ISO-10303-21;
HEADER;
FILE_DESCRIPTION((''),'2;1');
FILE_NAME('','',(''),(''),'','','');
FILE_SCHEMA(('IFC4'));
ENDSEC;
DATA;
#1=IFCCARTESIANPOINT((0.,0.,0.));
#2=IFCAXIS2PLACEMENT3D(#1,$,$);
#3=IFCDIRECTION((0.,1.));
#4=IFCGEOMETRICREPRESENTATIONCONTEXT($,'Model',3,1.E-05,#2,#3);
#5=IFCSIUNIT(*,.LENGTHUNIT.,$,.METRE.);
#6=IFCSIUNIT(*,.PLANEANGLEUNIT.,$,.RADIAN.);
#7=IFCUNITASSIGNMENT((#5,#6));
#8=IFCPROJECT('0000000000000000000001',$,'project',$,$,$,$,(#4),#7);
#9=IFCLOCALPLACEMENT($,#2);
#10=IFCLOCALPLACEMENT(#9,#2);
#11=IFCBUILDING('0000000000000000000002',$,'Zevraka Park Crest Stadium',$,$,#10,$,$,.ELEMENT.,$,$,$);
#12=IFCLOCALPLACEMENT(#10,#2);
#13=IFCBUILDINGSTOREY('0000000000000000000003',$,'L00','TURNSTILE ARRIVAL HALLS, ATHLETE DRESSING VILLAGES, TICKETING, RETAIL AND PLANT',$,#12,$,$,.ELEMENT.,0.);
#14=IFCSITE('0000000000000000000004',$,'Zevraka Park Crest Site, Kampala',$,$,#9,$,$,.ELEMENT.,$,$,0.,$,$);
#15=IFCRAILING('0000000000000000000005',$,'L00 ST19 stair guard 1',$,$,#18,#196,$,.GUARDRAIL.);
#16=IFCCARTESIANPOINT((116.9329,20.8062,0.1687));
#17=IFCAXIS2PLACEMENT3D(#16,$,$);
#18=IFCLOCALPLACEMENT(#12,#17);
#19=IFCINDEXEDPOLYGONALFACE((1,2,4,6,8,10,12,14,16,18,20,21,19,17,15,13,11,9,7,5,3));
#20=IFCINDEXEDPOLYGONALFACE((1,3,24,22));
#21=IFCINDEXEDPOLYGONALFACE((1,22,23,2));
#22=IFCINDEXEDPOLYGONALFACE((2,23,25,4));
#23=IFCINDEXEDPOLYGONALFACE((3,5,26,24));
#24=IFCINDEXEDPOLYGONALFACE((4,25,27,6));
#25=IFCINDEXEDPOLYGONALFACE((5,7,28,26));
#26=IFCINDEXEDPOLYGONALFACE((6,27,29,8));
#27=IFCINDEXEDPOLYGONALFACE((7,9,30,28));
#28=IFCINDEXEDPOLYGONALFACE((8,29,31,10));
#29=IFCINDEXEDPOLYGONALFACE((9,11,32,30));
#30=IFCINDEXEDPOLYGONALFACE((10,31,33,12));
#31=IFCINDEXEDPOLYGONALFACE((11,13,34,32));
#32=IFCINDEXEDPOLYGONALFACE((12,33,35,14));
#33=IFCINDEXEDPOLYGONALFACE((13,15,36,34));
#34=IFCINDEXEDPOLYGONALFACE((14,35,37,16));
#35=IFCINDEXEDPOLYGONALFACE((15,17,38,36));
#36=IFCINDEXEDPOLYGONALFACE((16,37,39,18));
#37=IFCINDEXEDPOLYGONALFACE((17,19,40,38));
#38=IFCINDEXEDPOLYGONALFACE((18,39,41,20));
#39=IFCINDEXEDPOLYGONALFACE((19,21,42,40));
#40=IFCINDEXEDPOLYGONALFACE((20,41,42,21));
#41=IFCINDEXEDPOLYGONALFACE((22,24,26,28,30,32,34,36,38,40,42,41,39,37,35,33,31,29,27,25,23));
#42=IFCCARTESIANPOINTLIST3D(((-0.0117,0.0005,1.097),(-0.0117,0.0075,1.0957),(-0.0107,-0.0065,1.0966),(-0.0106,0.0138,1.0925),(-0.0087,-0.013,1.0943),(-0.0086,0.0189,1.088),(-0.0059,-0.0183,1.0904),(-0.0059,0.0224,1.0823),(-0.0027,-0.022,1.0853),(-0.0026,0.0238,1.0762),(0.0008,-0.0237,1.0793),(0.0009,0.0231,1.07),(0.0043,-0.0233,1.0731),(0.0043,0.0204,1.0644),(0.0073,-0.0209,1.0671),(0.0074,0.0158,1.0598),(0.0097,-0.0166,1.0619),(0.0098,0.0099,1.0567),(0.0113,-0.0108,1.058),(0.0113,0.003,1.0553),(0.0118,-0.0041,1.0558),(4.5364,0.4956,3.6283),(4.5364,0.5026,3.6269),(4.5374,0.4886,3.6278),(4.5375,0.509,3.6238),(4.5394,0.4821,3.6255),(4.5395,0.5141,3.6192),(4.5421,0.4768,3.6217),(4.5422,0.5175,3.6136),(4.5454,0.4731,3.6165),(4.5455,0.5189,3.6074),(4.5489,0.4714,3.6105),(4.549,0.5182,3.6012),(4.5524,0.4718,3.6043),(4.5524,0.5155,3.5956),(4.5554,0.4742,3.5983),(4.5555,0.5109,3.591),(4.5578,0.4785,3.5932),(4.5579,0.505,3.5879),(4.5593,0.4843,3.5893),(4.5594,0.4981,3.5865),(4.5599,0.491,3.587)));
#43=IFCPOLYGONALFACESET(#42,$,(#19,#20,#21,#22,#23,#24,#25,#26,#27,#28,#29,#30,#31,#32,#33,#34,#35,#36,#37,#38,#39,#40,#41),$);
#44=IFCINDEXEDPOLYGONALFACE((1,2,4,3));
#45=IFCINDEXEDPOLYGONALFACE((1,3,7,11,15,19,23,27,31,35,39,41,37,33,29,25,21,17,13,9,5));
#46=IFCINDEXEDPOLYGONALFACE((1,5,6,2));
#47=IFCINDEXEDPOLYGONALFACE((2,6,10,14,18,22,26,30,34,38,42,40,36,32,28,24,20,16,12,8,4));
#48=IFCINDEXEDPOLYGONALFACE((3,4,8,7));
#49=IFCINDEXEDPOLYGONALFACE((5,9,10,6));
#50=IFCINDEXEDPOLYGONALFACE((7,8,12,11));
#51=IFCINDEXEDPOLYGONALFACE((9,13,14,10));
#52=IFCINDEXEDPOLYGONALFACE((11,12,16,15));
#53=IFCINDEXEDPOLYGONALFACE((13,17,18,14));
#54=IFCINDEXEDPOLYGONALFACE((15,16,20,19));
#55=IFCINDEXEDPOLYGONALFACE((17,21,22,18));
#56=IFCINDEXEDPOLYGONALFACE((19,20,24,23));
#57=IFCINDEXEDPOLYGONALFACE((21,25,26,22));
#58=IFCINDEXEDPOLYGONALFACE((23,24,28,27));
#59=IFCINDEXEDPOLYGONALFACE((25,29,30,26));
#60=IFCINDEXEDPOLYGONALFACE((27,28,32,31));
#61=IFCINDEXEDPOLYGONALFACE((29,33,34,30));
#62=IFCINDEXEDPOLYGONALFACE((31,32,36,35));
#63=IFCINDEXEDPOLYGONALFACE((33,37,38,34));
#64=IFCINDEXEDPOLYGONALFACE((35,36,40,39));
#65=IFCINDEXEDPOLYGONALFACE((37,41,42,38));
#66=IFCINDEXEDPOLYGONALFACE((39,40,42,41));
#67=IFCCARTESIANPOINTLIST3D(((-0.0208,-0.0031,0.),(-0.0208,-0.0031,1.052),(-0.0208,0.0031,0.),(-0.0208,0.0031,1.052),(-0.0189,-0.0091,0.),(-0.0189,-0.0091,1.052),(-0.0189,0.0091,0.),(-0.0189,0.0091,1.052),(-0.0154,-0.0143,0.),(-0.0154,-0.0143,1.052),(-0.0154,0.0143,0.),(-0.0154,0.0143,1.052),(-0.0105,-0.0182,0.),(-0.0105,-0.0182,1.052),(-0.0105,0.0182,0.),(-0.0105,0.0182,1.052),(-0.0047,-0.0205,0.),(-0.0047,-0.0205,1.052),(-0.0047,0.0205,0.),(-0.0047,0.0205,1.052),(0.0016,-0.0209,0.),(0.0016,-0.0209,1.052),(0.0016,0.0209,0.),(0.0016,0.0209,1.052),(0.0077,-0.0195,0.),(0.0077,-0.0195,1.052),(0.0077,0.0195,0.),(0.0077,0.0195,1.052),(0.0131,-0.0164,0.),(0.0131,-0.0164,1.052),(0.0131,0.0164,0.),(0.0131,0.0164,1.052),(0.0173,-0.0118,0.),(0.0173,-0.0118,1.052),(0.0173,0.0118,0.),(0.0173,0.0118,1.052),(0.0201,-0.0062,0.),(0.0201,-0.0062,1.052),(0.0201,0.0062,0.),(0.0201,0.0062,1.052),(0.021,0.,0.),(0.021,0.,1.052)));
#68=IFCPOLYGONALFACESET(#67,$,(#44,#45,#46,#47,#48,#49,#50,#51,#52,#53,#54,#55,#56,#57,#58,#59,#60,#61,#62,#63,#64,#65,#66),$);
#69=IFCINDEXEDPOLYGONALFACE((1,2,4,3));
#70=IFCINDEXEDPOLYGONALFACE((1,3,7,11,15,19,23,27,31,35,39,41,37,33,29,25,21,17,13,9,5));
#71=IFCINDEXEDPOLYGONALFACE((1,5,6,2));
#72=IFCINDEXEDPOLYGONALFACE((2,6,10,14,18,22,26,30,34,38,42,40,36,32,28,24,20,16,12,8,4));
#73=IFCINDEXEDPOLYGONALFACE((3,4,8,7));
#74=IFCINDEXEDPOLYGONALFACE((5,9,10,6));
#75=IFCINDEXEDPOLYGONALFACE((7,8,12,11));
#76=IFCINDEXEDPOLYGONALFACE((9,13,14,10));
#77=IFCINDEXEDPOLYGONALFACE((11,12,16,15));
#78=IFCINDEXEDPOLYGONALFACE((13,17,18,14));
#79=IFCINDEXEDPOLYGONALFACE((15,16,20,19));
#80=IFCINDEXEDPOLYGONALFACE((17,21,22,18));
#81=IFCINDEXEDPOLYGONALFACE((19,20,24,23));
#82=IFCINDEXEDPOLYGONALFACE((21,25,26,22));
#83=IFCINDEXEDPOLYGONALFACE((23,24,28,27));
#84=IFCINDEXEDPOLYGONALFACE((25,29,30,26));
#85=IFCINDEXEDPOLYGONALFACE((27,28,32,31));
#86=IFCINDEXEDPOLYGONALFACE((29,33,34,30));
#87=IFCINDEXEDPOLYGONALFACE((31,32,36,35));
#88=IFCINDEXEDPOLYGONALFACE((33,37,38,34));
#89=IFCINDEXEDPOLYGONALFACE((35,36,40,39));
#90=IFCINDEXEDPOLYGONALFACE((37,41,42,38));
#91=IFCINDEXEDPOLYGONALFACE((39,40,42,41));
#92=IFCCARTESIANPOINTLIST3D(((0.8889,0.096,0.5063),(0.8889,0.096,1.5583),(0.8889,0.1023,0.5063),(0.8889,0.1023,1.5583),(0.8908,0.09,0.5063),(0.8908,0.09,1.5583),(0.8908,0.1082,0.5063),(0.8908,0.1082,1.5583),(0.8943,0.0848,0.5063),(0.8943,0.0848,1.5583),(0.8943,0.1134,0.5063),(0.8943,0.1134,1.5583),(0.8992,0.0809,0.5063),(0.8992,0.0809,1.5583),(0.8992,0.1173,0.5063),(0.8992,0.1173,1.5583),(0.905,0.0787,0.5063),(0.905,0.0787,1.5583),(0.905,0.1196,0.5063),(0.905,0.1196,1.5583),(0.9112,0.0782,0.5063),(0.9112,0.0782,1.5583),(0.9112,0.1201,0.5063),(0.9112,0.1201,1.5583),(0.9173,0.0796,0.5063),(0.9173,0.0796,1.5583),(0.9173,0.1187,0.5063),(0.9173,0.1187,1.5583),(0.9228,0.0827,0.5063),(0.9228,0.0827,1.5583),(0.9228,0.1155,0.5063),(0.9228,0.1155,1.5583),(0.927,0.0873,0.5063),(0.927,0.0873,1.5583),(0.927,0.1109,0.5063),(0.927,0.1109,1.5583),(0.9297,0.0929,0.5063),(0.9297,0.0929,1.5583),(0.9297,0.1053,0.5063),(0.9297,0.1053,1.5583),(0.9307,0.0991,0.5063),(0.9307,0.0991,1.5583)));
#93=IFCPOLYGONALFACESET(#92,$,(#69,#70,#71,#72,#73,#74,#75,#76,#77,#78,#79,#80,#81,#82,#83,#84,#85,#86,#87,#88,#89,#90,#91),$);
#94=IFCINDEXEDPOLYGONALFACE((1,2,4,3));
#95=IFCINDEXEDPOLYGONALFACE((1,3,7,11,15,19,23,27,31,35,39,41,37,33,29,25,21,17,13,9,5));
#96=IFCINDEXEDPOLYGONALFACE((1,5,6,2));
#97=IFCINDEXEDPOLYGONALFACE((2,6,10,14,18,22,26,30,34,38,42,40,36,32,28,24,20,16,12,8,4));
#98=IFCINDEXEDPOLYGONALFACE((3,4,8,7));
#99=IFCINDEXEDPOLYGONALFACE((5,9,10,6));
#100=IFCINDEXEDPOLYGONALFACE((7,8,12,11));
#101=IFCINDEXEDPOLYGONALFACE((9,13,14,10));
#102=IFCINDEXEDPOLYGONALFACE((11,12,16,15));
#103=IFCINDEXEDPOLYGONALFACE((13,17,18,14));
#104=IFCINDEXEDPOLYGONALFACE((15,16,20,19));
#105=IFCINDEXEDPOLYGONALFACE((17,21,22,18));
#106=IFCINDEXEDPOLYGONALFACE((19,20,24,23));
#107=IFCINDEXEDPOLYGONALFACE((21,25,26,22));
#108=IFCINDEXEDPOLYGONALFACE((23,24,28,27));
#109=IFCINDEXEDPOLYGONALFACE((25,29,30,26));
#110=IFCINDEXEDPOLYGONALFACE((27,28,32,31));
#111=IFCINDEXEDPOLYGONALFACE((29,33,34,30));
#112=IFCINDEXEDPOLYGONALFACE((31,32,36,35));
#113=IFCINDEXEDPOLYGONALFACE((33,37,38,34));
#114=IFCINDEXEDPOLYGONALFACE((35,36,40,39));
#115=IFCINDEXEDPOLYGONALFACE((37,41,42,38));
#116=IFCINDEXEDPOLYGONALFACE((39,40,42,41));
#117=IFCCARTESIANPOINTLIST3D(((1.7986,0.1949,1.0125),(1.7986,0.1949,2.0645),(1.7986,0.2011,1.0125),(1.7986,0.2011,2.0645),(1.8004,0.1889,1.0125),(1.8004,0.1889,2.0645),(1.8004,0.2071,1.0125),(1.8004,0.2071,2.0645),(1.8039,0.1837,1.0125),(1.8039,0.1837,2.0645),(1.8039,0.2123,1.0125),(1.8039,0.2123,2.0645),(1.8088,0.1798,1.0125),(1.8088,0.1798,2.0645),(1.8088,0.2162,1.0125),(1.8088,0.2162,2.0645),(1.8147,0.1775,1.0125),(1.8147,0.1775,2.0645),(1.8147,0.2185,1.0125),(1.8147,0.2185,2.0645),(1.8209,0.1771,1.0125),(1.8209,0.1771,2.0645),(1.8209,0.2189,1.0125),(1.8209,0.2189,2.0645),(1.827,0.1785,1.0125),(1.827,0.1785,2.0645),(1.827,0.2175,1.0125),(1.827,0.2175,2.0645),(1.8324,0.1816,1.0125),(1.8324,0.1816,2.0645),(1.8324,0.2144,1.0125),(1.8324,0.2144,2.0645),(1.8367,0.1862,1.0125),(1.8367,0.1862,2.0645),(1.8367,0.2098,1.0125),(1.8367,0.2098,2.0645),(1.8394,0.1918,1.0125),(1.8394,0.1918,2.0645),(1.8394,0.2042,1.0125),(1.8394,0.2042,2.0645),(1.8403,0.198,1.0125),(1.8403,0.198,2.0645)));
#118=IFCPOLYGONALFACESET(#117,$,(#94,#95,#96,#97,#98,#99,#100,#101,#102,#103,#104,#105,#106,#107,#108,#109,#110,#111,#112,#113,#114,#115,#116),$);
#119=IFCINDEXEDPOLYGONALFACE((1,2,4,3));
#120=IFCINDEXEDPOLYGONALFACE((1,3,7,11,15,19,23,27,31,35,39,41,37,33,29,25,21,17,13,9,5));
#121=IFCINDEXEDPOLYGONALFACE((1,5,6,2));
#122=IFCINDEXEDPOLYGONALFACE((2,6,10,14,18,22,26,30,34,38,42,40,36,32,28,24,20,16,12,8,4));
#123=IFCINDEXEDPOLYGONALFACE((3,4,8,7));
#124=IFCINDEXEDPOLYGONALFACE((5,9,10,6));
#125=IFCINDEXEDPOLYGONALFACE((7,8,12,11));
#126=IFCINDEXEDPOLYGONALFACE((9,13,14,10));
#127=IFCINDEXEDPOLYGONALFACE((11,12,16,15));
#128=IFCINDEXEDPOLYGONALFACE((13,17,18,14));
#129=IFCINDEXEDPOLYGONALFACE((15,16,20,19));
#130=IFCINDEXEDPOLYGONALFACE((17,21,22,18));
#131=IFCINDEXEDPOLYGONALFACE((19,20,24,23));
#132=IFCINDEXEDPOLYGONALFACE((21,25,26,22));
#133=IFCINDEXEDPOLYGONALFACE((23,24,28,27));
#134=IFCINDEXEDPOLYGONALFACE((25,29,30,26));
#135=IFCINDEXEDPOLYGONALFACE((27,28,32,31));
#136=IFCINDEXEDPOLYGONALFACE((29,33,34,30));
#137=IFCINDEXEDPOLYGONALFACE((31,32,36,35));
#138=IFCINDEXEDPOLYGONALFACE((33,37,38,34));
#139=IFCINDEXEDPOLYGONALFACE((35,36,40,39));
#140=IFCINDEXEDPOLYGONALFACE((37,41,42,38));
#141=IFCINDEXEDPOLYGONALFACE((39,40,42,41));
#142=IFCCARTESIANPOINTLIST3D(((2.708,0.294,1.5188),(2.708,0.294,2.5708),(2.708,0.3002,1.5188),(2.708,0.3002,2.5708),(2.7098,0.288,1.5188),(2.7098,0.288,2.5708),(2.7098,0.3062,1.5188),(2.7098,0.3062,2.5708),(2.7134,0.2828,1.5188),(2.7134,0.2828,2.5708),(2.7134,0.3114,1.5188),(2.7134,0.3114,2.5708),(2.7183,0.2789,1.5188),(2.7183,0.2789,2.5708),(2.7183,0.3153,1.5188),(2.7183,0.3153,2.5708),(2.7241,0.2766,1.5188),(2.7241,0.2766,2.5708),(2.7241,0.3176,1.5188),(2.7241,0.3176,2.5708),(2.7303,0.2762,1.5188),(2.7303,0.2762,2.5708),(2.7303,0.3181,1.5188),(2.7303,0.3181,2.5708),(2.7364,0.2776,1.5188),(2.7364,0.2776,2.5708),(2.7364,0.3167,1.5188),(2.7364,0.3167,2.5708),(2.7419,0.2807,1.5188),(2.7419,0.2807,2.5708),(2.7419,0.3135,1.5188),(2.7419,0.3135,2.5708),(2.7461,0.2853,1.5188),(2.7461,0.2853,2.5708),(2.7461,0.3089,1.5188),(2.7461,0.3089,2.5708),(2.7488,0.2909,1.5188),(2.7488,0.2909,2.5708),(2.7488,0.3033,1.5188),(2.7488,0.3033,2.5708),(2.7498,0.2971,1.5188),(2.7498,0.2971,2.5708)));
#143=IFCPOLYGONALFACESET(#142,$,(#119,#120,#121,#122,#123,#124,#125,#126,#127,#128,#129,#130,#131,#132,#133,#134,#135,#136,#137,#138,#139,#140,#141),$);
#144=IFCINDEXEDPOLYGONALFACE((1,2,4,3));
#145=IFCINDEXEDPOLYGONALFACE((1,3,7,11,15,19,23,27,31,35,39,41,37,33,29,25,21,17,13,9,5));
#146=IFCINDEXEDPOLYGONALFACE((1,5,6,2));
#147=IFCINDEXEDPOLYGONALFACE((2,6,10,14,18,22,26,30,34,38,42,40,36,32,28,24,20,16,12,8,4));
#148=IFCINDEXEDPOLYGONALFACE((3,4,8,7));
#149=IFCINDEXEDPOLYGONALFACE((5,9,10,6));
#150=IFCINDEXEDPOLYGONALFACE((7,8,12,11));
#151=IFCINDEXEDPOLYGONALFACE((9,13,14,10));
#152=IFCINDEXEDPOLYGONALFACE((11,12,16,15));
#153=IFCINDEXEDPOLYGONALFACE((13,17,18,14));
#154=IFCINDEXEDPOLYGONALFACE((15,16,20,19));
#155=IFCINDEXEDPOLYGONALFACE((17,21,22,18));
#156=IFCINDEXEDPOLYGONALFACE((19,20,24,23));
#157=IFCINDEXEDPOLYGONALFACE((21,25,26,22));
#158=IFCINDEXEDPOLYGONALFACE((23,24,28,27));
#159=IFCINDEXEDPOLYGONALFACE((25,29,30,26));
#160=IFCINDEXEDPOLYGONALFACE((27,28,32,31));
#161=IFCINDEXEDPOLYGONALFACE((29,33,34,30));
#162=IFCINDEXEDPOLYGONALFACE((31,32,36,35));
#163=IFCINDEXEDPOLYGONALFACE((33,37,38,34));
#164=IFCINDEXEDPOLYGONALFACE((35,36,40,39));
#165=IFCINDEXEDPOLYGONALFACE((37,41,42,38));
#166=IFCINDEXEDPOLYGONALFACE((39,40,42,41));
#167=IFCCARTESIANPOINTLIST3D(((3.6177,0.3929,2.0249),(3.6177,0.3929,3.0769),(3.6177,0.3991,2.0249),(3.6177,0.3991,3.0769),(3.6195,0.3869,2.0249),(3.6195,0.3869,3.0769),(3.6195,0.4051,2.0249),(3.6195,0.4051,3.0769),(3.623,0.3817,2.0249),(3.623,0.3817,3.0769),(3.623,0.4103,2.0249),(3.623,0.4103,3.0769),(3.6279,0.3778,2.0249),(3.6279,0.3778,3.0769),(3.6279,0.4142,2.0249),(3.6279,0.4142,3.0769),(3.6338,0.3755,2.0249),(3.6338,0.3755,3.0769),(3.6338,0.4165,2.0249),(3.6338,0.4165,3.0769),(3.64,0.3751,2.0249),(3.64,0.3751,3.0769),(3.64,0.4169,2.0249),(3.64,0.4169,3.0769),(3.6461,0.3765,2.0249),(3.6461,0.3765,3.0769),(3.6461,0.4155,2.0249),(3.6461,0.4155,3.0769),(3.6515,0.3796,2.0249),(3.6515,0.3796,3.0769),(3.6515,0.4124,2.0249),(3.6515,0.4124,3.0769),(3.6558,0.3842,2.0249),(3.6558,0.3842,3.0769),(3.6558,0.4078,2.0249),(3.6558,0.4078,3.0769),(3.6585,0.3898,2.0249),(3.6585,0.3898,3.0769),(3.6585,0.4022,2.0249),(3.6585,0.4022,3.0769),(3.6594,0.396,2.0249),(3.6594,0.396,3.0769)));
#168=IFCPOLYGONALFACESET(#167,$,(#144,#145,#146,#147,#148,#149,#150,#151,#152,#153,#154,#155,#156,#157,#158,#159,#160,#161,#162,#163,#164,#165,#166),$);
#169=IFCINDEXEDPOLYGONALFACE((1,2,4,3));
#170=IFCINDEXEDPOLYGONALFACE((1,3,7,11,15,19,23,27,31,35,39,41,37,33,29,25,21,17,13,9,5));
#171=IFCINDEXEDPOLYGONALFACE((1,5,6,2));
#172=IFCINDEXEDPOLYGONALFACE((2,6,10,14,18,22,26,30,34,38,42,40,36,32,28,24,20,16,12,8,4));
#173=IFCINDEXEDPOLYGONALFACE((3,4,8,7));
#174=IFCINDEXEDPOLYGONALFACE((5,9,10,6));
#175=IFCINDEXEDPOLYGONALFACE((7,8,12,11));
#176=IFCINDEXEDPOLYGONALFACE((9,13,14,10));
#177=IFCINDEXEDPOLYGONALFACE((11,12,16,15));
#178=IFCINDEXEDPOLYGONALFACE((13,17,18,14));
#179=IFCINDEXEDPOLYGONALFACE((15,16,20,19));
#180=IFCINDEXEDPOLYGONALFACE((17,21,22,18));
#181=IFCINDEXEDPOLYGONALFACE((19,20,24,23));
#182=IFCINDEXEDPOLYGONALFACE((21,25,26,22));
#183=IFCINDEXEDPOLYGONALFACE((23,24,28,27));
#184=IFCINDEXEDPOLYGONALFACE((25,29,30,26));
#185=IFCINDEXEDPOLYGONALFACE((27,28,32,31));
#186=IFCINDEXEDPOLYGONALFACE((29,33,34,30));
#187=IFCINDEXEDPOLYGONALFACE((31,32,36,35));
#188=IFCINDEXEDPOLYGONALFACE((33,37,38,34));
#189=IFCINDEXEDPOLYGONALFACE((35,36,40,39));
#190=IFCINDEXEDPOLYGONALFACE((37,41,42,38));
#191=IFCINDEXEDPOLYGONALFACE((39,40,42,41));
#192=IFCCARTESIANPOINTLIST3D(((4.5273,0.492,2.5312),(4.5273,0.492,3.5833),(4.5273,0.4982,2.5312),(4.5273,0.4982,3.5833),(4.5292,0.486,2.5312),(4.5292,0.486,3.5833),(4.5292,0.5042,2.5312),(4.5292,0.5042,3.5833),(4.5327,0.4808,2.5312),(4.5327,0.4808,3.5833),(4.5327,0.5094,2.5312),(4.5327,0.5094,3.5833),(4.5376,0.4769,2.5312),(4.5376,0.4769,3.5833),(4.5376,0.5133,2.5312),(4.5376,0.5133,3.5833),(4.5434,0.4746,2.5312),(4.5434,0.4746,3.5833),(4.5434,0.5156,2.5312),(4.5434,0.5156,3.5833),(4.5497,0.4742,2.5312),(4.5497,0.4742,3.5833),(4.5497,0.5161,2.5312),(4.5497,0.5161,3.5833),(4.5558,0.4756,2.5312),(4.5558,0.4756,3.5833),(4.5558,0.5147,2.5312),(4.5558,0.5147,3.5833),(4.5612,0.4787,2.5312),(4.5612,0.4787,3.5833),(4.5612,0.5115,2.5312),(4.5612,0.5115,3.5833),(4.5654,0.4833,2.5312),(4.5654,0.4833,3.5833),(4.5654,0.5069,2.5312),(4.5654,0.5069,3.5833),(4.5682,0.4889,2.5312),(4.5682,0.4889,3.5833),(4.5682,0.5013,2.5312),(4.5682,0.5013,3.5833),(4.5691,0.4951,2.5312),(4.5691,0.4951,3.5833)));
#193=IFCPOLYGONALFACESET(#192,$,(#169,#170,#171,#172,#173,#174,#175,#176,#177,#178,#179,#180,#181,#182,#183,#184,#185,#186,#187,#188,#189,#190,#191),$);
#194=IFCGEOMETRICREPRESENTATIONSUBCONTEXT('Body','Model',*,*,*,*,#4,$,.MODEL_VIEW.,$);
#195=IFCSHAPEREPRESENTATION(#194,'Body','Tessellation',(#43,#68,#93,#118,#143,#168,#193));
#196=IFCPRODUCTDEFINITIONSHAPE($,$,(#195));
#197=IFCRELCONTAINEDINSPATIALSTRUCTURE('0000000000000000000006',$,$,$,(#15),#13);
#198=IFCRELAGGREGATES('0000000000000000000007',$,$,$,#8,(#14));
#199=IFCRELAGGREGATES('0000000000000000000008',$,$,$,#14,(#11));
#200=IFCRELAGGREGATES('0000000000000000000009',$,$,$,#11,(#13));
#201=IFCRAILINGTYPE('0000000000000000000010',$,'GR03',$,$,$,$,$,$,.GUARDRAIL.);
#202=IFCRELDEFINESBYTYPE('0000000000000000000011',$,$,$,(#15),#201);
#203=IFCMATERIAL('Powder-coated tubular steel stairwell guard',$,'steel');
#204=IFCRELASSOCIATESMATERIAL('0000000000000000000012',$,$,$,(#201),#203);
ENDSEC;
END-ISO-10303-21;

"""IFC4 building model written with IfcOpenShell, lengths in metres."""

from ifc_helpers import new_model, si_unit, direction, frame, origin, origin_2d, place, context, subcontext, project, spatial, circle, extrude, material, type_object, element, save


model = new_model("IFC4")

# Units and contexts
model_context = context("Model", 3, precision=1e-05, world=origin(), true_north=direction((0.0, 1.0)))
body_context = subcontext(model_context, "Body", "Model", "MODEL_VIEW")
ifc_project = project(units=[si_unit("LENGTHUNIT", "METRE"), si_unit("PLANEANGLEUNIT", "RADIAN")], contexts=[model_context])

# Site, building, storey
site_placement = place(None, origin())
site = spatial("IfcSite", under=ifc_project, at=site_placement, Name="Zevraka Park Crest Site, Kampala", CompositionType="ELEMENT", RefElevation=0.0)
building_placement = place(site_placement, origin())
building = spatial("IfcBuilding", under=site, at=building_placement, Name="Zevraka Park Crest Stadium", CompositionType="ELEMENT")
storey_placement = place(building_placement, origin())
storey = spatial("IfcBuildingStorey", under=building, at=storey_placement, Name="L00", Description="TURNSTILE ARRIVAL HALLS, ATHLETE DRESSING VILLAGES, TICKETING, RETAIL AND PLANT", CompositionType="ELEMENT", Elevation=0.0)

# Railing
ifc_material_1 = material(Name="Powder-coated tubular steel stairwell guard", Category="steel")
railing_type_1 = type_object("IfcRailingType", Name="GR03", PredefinedType="GUARDRAIL", material=ifc_material_1)
railing_1_placement = place(storey_placement, frame((116.9329, 20.8062, 0.1687)))
element("IfcRailing", 1, at=railing_1_placement, inside=storey, type_object=railing_type_1, Name="L00 ST19 stair guard 1", PredefinedType="GUARDRAIL", context=body_context, shape_type="SweptSolid", body=[
    extrude(circle(Radius=0.0239, at=origin_2d()), frame((0.0, 0.0, 1.0762), z_axis=(0.869861, 0.094695, 0.484123), x_axis=(-0.108223, 0.994127, 0.0)), (0.0, 0.0, 1.0), 5.2285),
    extrude(circle(Radius=0.021, at=origin_2d()), origin(), (0.0, 0.0, 1.0), 1.052),
    extrude(circle(Radius=0.021, at=origin_2d()), frame((0.9097, 0.0991, 0.5063)), (0.0, 0.0, 1.0), 1.052),
    extrude(circle(Radius=0.021, at=origin_2d()), frame((1.8193, 0.198, 1.0125)), (0.0, 0.0, 1.0), 1.052),
    extrude(circle(Radius=0.021, at=origin_2d()), frame((2.7288, 0.2971, 1.5188)), (0.0, 0.0, 1.0), 1.052),
    extrude(circle(Radius=0.021, at=origin_2d()), frame((3.6384, 0.396, 2.0249)), (0.0, 0.0, 1.0), 1.052),
    extrude(circle(Radius=0.021, at=origin_2d()), frame((4.5481, 0.4951, 2.5312)), (0.0, 0.0, 1.0), 1.052),
])

save(model, "model.ifc")
